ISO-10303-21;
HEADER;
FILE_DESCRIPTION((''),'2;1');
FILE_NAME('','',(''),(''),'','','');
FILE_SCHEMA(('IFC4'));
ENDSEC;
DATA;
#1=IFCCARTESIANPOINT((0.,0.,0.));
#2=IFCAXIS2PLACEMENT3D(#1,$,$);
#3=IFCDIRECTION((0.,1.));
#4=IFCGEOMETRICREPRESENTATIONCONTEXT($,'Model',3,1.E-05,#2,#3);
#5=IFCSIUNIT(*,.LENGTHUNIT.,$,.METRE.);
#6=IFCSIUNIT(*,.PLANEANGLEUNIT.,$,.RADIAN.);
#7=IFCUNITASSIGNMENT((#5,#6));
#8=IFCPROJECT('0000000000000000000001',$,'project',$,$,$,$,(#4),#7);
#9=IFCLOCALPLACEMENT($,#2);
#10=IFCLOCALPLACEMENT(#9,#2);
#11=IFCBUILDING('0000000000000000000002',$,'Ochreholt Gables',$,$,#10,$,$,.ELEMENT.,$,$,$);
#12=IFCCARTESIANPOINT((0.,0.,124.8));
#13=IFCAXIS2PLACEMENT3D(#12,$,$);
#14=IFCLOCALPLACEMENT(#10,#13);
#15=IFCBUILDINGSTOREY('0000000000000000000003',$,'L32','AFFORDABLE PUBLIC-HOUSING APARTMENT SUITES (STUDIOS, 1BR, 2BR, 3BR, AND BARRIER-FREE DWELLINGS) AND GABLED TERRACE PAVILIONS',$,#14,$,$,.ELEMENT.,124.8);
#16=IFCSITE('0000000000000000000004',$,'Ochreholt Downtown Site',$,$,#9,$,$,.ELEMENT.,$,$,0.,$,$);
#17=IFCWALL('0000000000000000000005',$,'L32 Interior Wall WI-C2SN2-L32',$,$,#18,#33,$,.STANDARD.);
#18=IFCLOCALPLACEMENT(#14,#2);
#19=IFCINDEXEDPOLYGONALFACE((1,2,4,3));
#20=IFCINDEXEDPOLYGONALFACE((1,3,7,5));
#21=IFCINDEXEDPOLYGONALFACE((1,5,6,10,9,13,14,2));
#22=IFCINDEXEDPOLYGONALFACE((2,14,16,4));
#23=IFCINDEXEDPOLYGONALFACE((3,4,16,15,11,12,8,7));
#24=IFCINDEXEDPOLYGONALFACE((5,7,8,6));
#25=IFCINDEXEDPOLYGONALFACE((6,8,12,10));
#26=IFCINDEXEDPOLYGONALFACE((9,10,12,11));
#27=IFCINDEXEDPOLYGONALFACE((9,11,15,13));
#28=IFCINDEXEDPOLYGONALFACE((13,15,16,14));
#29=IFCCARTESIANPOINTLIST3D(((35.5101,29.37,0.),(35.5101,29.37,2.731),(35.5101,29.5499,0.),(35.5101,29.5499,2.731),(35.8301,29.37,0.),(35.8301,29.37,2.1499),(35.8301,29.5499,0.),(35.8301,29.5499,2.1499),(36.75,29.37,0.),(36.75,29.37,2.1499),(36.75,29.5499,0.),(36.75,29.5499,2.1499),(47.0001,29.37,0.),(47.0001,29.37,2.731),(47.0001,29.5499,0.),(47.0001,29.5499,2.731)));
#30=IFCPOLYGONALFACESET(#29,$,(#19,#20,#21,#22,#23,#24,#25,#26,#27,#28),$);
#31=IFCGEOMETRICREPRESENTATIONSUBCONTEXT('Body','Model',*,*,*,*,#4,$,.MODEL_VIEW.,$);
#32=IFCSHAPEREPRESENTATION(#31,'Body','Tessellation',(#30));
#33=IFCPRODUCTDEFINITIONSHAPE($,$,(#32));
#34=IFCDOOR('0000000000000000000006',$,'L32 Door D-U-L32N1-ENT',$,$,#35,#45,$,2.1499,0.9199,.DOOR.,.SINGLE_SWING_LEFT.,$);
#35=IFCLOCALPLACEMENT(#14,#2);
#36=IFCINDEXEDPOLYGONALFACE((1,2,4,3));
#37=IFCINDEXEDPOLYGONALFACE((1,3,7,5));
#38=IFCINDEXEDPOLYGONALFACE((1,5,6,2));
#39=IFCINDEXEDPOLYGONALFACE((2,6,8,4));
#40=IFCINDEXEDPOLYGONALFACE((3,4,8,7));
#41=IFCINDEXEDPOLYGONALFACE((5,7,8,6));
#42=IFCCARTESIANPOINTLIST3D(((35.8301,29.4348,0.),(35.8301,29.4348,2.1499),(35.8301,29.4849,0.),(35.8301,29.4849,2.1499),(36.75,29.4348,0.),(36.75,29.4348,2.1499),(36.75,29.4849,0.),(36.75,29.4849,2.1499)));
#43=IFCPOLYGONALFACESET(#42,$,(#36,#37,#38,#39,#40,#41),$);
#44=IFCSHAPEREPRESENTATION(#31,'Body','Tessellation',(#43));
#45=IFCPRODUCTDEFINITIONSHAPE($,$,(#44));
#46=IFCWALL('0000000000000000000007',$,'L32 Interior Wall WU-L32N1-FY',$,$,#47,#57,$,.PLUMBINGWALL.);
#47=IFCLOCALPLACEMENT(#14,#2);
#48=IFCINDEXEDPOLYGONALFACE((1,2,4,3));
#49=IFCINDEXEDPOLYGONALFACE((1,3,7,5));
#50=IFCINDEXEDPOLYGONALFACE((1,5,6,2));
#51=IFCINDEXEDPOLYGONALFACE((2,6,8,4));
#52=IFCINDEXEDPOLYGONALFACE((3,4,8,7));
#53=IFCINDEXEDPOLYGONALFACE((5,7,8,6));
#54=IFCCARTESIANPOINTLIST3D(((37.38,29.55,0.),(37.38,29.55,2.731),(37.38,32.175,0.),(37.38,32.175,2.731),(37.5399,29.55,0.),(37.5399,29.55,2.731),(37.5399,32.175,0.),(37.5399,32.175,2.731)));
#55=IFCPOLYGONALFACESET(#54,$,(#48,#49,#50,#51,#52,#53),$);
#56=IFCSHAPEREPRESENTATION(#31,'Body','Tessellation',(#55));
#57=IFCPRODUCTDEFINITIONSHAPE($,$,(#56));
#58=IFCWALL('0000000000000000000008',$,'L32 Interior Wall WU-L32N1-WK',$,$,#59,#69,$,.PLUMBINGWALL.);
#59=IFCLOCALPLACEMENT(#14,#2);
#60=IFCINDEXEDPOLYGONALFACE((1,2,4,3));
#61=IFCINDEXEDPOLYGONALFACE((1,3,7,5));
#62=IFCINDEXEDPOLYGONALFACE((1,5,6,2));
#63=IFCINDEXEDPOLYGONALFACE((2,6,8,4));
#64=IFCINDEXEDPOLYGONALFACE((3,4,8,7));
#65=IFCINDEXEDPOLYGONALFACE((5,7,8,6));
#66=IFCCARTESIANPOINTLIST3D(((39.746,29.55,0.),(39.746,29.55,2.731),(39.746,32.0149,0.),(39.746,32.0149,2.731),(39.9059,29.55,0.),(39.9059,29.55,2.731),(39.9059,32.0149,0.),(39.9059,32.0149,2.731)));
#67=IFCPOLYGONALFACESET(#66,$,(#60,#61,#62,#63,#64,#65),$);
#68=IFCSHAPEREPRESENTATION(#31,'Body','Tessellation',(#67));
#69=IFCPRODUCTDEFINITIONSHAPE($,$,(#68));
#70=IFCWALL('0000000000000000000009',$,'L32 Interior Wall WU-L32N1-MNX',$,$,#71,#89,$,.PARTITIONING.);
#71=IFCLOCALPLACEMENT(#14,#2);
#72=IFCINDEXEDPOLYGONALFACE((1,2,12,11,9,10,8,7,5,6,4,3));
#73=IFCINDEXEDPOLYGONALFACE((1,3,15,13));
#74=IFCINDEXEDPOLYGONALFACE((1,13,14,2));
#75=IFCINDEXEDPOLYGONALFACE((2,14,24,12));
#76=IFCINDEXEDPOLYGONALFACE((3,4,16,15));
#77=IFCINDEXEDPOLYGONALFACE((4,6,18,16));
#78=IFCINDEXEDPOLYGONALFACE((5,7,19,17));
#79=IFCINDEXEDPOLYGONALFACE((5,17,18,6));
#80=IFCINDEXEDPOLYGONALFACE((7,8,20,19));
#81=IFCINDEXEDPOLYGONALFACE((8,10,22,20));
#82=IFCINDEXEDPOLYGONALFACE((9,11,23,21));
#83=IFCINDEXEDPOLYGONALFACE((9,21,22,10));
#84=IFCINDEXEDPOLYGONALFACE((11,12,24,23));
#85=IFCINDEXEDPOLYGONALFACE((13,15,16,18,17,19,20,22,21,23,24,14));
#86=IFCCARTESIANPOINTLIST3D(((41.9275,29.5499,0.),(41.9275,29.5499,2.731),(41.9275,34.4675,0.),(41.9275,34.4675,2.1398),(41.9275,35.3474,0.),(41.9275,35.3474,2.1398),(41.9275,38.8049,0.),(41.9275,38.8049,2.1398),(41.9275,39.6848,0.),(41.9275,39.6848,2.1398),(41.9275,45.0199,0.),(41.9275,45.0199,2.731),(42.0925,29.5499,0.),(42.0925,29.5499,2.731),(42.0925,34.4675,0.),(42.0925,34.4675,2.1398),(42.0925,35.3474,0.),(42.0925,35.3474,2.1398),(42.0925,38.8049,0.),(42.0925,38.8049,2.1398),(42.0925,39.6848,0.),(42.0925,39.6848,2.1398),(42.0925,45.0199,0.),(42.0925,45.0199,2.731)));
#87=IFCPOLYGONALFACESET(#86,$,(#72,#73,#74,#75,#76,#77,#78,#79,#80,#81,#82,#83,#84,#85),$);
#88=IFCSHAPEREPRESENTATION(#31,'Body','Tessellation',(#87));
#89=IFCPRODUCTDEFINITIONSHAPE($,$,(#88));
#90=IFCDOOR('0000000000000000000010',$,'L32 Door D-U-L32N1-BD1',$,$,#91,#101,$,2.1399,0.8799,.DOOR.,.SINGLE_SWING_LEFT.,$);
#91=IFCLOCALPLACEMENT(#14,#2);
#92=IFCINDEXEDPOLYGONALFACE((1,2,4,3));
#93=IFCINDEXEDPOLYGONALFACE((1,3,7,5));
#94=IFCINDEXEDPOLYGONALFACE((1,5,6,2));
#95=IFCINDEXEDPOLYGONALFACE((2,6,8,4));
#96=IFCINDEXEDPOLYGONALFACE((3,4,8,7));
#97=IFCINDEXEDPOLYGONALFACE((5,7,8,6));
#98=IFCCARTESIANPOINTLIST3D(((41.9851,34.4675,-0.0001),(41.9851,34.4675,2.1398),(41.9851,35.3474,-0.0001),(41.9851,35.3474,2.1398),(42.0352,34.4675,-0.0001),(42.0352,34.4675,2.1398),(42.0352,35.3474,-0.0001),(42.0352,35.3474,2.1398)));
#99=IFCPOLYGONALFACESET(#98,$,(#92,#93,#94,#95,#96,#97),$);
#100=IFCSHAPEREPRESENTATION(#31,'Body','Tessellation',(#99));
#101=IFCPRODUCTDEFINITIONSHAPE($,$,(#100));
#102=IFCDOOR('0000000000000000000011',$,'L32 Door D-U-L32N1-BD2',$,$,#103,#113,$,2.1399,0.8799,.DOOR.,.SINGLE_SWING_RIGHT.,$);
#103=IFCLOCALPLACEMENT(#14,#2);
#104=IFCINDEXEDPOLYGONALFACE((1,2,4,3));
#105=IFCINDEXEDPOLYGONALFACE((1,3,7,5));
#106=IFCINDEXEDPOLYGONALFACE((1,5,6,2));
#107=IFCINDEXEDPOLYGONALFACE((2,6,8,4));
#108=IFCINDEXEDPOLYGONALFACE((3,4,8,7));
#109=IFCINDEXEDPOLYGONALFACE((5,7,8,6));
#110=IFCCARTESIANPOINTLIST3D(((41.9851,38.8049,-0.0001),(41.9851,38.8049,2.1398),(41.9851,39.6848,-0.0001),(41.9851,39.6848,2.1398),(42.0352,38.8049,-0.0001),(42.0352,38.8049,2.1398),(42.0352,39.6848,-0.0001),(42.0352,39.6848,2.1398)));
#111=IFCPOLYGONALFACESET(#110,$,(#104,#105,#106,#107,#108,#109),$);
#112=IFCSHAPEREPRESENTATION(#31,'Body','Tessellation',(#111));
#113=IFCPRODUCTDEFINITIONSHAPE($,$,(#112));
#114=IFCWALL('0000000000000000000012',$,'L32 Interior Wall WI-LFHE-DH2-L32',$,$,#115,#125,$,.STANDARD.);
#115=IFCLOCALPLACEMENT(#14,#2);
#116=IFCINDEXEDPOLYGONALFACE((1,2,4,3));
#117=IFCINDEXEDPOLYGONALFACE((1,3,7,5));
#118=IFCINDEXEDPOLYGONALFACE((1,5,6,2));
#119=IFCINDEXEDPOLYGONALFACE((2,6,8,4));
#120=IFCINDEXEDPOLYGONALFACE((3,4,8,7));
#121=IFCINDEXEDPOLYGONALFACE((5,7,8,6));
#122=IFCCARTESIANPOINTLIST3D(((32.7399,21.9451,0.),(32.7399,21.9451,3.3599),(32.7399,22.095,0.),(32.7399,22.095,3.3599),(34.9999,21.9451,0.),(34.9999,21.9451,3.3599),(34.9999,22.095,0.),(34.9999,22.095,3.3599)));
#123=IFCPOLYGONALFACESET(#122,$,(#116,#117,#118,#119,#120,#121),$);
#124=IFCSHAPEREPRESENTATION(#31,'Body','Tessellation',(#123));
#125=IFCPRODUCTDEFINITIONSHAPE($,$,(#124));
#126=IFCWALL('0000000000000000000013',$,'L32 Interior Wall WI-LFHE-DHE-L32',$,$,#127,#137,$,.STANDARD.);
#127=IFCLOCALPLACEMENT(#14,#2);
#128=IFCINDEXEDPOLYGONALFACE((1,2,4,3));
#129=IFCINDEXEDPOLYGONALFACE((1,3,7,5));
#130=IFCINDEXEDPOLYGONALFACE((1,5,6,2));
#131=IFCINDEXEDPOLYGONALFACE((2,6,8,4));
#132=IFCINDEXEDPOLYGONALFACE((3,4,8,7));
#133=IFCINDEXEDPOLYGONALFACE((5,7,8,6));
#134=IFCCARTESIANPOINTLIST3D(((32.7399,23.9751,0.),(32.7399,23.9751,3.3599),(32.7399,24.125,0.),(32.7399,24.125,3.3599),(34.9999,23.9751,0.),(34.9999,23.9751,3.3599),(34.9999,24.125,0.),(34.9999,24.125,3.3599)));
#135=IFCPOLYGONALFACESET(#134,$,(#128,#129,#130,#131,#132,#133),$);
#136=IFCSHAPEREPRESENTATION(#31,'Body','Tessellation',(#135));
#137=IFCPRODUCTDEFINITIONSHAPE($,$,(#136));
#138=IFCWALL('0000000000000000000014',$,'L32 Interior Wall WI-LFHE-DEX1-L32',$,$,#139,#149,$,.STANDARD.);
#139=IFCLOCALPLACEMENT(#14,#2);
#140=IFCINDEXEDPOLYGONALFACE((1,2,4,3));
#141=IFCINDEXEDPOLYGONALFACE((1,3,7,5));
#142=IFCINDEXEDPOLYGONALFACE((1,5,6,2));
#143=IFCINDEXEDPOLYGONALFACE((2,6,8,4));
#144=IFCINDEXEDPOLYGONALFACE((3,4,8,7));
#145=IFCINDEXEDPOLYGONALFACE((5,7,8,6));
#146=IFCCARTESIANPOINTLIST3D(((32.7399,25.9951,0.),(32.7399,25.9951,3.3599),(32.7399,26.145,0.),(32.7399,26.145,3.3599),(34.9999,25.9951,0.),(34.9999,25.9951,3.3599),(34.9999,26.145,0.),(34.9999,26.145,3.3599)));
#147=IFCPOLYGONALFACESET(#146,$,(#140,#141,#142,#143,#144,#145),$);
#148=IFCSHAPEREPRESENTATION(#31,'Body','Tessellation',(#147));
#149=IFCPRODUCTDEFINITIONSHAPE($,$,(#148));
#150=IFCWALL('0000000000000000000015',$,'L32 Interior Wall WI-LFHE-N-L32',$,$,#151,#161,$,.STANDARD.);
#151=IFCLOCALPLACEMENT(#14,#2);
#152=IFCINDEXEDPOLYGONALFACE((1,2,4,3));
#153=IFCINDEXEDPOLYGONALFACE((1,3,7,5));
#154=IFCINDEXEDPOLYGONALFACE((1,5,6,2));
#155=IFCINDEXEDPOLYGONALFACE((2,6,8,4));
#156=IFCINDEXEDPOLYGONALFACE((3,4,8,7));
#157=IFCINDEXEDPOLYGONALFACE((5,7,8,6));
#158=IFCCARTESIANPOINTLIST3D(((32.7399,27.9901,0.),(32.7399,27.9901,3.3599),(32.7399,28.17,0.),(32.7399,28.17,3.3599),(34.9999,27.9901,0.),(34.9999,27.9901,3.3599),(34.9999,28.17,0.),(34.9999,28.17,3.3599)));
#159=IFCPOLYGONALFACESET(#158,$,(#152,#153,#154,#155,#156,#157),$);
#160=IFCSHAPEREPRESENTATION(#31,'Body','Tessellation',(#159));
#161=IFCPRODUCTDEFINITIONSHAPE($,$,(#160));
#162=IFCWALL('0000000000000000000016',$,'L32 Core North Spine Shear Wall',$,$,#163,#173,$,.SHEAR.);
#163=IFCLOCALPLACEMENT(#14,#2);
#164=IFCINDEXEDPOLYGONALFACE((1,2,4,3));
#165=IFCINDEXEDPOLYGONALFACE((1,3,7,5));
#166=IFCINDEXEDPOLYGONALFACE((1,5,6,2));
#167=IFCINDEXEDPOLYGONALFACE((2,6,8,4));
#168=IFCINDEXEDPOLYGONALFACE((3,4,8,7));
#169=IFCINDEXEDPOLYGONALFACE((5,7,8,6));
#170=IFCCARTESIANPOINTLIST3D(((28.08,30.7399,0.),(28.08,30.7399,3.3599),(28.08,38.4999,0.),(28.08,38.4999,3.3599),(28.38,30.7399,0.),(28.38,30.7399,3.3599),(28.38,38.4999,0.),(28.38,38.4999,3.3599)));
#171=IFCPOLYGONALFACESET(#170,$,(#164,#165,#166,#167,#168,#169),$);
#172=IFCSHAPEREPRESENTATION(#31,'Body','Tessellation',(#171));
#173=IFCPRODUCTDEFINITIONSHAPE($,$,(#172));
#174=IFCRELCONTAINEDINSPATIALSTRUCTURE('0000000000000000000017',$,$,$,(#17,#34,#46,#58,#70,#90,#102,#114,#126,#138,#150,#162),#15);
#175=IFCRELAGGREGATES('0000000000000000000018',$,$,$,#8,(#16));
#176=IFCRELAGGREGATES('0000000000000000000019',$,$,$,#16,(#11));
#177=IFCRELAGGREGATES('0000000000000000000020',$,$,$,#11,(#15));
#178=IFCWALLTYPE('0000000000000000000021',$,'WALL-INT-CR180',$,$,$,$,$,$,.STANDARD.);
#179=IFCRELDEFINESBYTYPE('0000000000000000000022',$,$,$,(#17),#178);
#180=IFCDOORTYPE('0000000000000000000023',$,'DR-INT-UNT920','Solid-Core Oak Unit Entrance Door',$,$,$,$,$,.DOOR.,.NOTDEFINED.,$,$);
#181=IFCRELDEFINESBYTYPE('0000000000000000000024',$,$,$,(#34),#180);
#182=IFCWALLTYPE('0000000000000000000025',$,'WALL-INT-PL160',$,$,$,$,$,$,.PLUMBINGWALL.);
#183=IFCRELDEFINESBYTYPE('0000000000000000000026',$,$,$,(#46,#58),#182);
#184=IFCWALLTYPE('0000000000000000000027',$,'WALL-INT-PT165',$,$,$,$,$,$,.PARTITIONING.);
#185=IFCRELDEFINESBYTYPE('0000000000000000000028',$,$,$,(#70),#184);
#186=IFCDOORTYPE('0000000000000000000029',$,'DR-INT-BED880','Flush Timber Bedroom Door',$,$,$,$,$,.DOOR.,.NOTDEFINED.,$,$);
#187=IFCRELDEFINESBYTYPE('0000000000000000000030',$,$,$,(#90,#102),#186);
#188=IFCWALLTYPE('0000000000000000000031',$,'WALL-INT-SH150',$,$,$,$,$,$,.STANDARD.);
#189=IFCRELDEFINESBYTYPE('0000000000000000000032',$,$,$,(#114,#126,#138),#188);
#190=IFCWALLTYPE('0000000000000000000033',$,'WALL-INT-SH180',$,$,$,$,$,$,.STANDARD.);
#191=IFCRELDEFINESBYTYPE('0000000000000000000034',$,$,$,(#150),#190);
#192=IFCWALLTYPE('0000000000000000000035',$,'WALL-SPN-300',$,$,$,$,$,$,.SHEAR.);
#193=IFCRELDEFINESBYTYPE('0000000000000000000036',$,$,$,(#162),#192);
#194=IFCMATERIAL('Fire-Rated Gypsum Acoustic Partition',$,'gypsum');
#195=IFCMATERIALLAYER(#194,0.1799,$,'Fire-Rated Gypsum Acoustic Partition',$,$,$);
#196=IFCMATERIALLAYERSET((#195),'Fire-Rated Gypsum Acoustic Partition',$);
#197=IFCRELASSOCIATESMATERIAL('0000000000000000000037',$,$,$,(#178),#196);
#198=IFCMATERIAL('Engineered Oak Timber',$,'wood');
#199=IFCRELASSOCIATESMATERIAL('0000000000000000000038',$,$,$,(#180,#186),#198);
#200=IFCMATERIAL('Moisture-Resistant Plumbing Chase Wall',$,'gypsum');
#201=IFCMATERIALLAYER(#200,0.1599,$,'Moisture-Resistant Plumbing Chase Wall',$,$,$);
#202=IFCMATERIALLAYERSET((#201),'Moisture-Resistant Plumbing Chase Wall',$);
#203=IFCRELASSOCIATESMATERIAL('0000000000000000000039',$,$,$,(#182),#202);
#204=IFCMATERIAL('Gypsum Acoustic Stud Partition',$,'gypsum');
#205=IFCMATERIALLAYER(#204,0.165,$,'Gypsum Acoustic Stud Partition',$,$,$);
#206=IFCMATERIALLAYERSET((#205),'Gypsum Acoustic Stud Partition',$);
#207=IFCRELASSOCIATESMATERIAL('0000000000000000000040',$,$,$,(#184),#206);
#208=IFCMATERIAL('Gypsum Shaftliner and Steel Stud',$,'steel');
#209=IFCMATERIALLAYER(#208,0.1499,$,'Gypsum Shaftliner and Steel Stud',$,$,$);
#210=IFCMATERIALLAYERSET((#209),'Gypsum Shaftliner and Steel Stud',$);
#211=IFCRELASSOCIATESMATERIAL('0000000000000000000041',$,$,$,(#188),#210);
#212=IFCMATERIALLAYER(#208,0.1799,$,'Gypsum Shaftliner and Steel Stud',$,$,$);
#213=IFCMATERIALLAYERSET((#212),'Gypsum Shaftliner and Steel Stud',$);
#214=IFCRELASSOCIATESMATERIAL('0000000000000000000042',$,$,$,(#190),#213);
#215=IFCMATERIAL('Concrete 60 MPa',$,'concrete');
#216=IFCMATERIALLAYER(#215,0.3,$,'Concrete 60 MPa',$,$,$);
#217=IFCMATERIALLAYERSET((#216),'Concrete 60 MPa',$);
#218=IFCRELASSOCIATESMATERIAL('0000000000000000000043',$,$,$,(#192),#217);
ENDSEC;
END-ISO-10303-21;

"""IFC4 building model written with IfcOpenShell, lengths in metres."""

from ifc_helpers import new_model, si_unit, direction, frame, frame_2d, origin, place, context, subcontext, project, spatial, rectangle, extrude, material, layer, layer_set, type_object, element, fill, save


model = new_model("IFC4")

# Units and contexts
model_context = context("Model", 3, precision=1e-05, world=origin(), true_north=direction((0.0, 1.0)))
body_context = subcontext(model_context, "Body", "Model", "MODEL_VIEW")
ifc_project = project(units=[si_unit("LENGTHUNIT", "METRE"), si_unit("PLANEANGLEUNIT", "RADIAN")], contexts=[model_context])

# Site, building, storey
site_placement = place(None, origin())
site = spatial("IfcSite", under=ifc_project, at=site_placement, Name="Ochreholt Downtown Site", CompositionType="ELEMENT", RefElevation=0.0)
building_placement = place(site_placement, origin())
building = spatial("IfcBuilding", under=site, at=building_placement, Name="Ochreholt Gables", CompositionType="ELEMENT")
storey_placement = place(building_placement, frame((0.0, 0.0, 124.8)))
storey = spatial("IfcBuildingStorey", under=building, at=storey_placement, Name="L32", Description="AFFORDABLE PUBLIC-HOUSING APARTMENT SUITES (STUDIOS, 1BR, 2BR, 3BR, AND BARRIER-FREE DWELLINGS) AND GABLED TERRACE PAVILIONS", CompositionType="ELEMENT", Elevation=124.8)

# Shared definitions
ifc_material_1 = material(Name="Concrete 60 MPa", Category="concrete")

# Shared definitions
ifc_material_2 = material(Name="Fire-Rated Gypsum Acoustic Partition", Category="gypsum")
ifc_layer_1 = layer(ifc_material_2, 0.1799, Name="Fire-Rated Gypsum Acoustic Partition")
ifc_layer_set_1 = layer_set([ifc_layer_1], Name="Fire-Rated Gypsum Acoustic Partition")
wall_type_1 = type_object("IfcWallType", Name="WALL-INT-CR180", PredefinedType="STANDARD", material=ifc_layer_set_1)

# Wall, opening, door
wall_1_placement = place(storey_placement, frame((35.51, 29.46, 0.0), z_axis=(0.0, 0.0, 1.0), x_axis=(1.0, 0.0, 0.0)))
wall_1 = element("IfcWall", 1, at=wall_1_placement, inside=storey, type_object=wall_type_1, Name="L32 Interior Wall WI-C2SN2-L32", PredefinedType="STANDARD", context=body_context, shape_type="SweptSolid", body=[
    extrude(rectangle(XDim=11.49, YDim=0.1799, at=frame_2d((5.7451, 0.0))), origin(), (0.0, 0.0, 1.0), 2.731),
])
opening_1_placement = place(wall_1_placement, frame((0.3201, 0.0, 0.0)))
opening_1 = element("IfcOpeningElement", 2, at=opening_1_placement, cuts=wall_1, PredefinedType="OPENING", context=body_context, shape_type="SweptSolid", body=[
    extrude(rectangle(XDim=0.9199, YDim=2.1499, at=frame_2d((0.46, 1.075))), frame((0.0, 0.0999, 0.0), z_axis=(0.0, -1.0, 0.0), x_axis=(1.0, 0.0, 0.0)), (0.0, 0.0, 1.0), 0.2),
])
ifc_material_3 = material(Name="Engineered Oak Timber", Category="wood")
door_type_1 = type_object("IfcDoorType", Name="DR-INT-UNT920", Description="Solid-Core Oak Unit Entrance Door", OperationType="NOTDEFINED", PredefinedType="DOOR", material=ifc_material_3)
door_1_placement = place(opening_1_placement, origin())
door_1 = element("IfcDoor", 3, at=door_1_placement, inside=storey, type_object=door_type_1, Name="L32 Door D-U-L32N1-ENT", OperationType="SINGLE_SWING_LEFT", OverallHeight=2.1499, OverallWidth=0.9199, PredefinedType="DOOR", context=body_context, shape_type="SweptSolid", body=[
    extrude(rectangle(XDim=0.9199, YDim=2.1499, at=frame_2d((0.46, 1.075))), frame((0.0, 0.0249, 0.0), z_axis=(0.0, -1.0, 0.0), x_axis=(1.0, 0.0, 0.0)), (0.0, 0.0, 1.0), 0.05),
])
fill(opening_1, door_1)

# Walls
ifc_material_4 = material(Name="Moisture-Resistant Plumbing Chase Wall", Category="gypsum")
ifc_layer_2 = layer(ifc_material_4, 0.1599, Name="Moisture-Resistant Plumbing Chase Wall")
ifc_layer_set_2 = layer_set([ifc_layer_2], Name="Moisture-Resistant Plumbing Chase Wall")
wall_type_2 = type_object("IfcWallType", Name="WALL-INT-PL160", PredefinedType="PLUMBINGWALL", material=ifc_layer_set_2)
wall_2_placement = place(storey_placement, frame((37.46, 29.55, 0.0), z_axis=(0.0, 0.0, 1.0), x_axis=(0.0, 1.0, 0.0)))
element("IfcWall", 4, at=wall_2_placement, inside=storey, type_object=wall_type_2, Name="L32 Interior Wall WU-L32N1-FY", PredefinedType="PLUMBINGWALL", context=body_context, shape_type="SweptSolid", body=[
    extrude(rectangle(XDim=2.625, YDim=0.1599, at=frame_2d((1.3125, 0.0))), origin(), (0.0, 0.0, 1.0), 2.731),
])
wall_3_placement = place(storey_placement, frame((39.8259, 29.55, 0.0), z_axis=(0.0, 0.0, 1.0), x_axis=(0.0, 1.0, 0.0)))
element("IfcWall", 5, at=wall_3_placement, inside=storey, type_object=wall_type_2, Name="L32 Interior Wall WU-L32N1-WK", PredefinedType="PLUMBINGWALL", context=body_context, shape_type="SweptSolid", body=[
    extrude(rectangle(XDim=2.4648, YDim=0.1599, at=frame_2d((1.2324, 0.0))), origin(), (0.0, 0.0, 1.0), 2.731),
])

# Wall, openings, doors
ifc_material_5 = material(Name="Gypsum Acoustic Stud Partition", Category="gypsum")
ifc_layer_3 = layer(ifc_material_5, 0.165, Name="Gypsum Acoustic Stud Partition")
ifc_layer_set_3 = layer_set([ifc_layer_3], Name="Gypsum Acoustic Stud Partition")
wall_type_3 = type_object("IfcWallType", Name="WALL-INT-PT165", PredefinedType="PARTITIONING", material=ifc_layer_set_3)
wall_4_placement = place(storey_placement, frame((42.01, 29.55, 0.0), z_axis=(0.0, 0.0, 1.0), x_axis=(0.0, 1.0, 0.0)))
wall_4 = element("IfcWall", 6, at=wall_4_placement, inside=storey, type_object=wall_type_3, Name="L32 Interior Wall WU-L32N1-MNX", PredefinedType="PARTITIONING", context=body_context, shape_type="SweptSolid", body=[
    extrude(rectangle(XDim=15.47, YDim=0.165, at=frame_2d((7.7349, 0.0))), origin(), (0.0, 0.0, 1.0), 2.731),
])
opening_2_placement = place(wall_4_placement, frame((4.9175, 0.0, 0.0)))
opening_2 = element("IfcOpeningElement", 7, at=opening_2_placement, cuts=wall_4, PredefinedType="OPENING", context=body_context, shape_type="SweptSolid", body=[
    extrude(rectangle(XDim=0.8799, YDim=2.1399, at=frame_2d((0.4399, 1.0698))), frame((0.0, 0.0925, 0.0), z_axis=(0.0, -1.0, 0.0), x_axis=(1.0, 0.0, 0.0)), (0.0, 0.0, 1.0), 0.1851),
])
opening_3_placement = place(wall_4_placement, frame((9.2549, 0.0, 0.0)))
opening_3 = element("IfcOpeningElement", 8, at=opening_3_placement, cuts=wall_4, PredefinedType="OPENING", context=body_context, shape_type="SweptSolid", body=[
    extrude(rectangle(XDim=0.8799, YDim=2.1399, at=frame_2d((0.4399, 1.0698))), frame((0.0, 0.0925, 0.0), z_axis=(0.0, -1.0, 0.0), x_axis=(1.0, 0.0, 0.0)), (0.0, 0.0, 1.0), 0.1851),
])
door_type_2 = type_object("IfcDoorType", Name="DR-INT-BED880", Description="Flush Timber Bedroom Door", OperationType="NOTDEFINED", PredefinedType="DOOR", material=ifc_material_3)
door_2_placement = place(opening_2_placement, origin())
door_2 = element("IfcDoor", 9, at=door_2_placement, inside=storey, type_object=door_type_2, Name="L32 Door D-U-L32N1-BD1", OperationType="SINGLE_SWING_LEFT", OverallHeight=2.1399, OverallWidth=0.8799, PredefinedType="DOOR", context=body_context, shape_type="SweptSolid", body=[
    extrude(rectangle(XDim=0.8799, YDim=2.1399, at=frame_2d((0.4399, 1.0698))), frame((0.0, 0.0249, 0.0), z_axis=(0.0, -1.0, 0.0), x_axis=(1.0, 0.0, 0.0)), (0.0, 0.0, 1.0), 0.05),
])
fill(opening_2, door_2)
door_3_placement = place(opening_3_placement, origin())
door_3 = element("IfcDoor", 10, at=door_3_placement, inside=storey, type_object=door_type_2, Name="L32 Door D-U-L32N1-BD2", OperationType="SINGLE_SWING_RIGHT", OverallHeight=2.1399, OverallWidth=0.8799, PredefinedType="DOOR", context=body_context, shape_type="SweptSolid", body=[
    extrude(rectangle(XDim=0.8799, YDim=2.1399, at=frame_2d((0.4399, 1.0698))), frame((0.0, 0.0249, 0.0), z_axis=(0.0, -1.0, 0.0), x_axis=(1.0, 0.0, 0.0)), (0.0, 0.0, 1.0), 0.05),
])
fill(opening_3, door_3)

# Walls
ifc_material_6 = material(Name="Gypsum Shaftliner and Steel Stud", Category="steel")
ifc_layer_4 = layer(ifc_material_6, 0.1499, Name="Gypsum Shaftliner and Steel Stud")
ifc_layer_set_4 = layer_set([ifc_layer_4], Name="Gypsum Shaftliner and Steel Stud")
wall_type_4 = type_object("IfcWallType", Name="WALL-INT-SH150", PredefinedType="STANDARD", material=ifc_layer_set_4)
for number, where, z_axis, x_axis, name in (
    (11, (32.74, 22.02, 0.0), (0.0, 0.0, 1.0), (1.0, 0.0, 0.0), "L32 Interior Wall WI-LFHE-DH2-L32"),
    (12, (32.74, 24.05, 0.0), (0.0, 0.0, 1.0), (1.0, 0.0, 0.0), "L32 Interior Wall WI-LFHE-DHE-L32"),
    (13, (32.74, 26.0701, 0.0), (0.0, 0.0, 1.0), (1.0, 0.0, 0.0), "L32 Interior Wall WI-LFHE-DEX1-L32"),
):
    element("IfcWall", number, at=place(storey_placement, frame(where, z_axis=z_axis, x_axis=x_axis)), inside=storey, type_object=wall_type_4, Name=name, PredefinedType="STANDARD", context=body_context, shape_type="SweptSolid", body=[
        extrude(rectangle(XDim=2.26, YDim=0.1499, at=frame_2d((1.1299, 0.0))), origin(), (0.0, 0.0, 1.0), 3.3599),
    ])
ifc_layer_5 = layer(ifc_material_6, 0.1799, Name="Gypsum Shaftliner and Steel Stud")
ifc_layer_set_5 = layer_set([ifc_layer_5], Name="Gypsum Shaftliner and Steel Stud")
wall_type_5 = type_object("IfcWallType", Name="WALL-INT-SH180", PredefinedType="STANDARD", material=ifc_layer_set_5)
wall_5_placement = place(storey_placement, frame((32.74, 28.0801, 0.0), z_axis=(0.0, 0.0, 1.0), x_axis=(1.0, 0.0, 0.0)))
element("IfcWall", 14, at=wall_5_placement, inside=storey, type_object=wall_type_5, Name="L32 Interior Wall WI-LFHE-N-L32", PredefinedType="STANDARD", context=body_context, shape_type="SweptSolid", body=[
    extrude(rectangle(XDim=2.26, YDim=0.1799, at=frame_2d((1.1299, 0.0))), origin(), (0.0, 0.0, 1.0), 3.3599),
])
ifc_layer_6 = layer(ifc_material_1, 0.3, Name="Concrete 60 MPa")
ifc_layer_set_6 = layer_set([ifc_layer_6], Name="Concrete 60 MPa")
wall_type_6 = type_object("IfcWallType", Name="WALL-SPN-300", PredefinedType="SHEAR", material=ifc_layer_set_6)
wall_6_placement = place(storey_placement, frame((28.23, 30.74, 0.0), z_axis=(0.0, 0.0, 1.0), x_axis=(0.0, 1.0, 0.0)))
element("IfcWall", 15, at=wall_6_placement, inside=storey, type_object=wall_type_6, Name="L32 Core North Spine Shear Wall", PredefinedType="SHEAR", context=body_context, shape_type="SweptSolid", body=[
    extrude(rectangle(XDim=7.76, YDim=0.3, at=frame_2d((3.8799, 0.0))), origin(), (0.0, 0.0, 1.0), 3.3599),
])

save(model, "model.ifc")
